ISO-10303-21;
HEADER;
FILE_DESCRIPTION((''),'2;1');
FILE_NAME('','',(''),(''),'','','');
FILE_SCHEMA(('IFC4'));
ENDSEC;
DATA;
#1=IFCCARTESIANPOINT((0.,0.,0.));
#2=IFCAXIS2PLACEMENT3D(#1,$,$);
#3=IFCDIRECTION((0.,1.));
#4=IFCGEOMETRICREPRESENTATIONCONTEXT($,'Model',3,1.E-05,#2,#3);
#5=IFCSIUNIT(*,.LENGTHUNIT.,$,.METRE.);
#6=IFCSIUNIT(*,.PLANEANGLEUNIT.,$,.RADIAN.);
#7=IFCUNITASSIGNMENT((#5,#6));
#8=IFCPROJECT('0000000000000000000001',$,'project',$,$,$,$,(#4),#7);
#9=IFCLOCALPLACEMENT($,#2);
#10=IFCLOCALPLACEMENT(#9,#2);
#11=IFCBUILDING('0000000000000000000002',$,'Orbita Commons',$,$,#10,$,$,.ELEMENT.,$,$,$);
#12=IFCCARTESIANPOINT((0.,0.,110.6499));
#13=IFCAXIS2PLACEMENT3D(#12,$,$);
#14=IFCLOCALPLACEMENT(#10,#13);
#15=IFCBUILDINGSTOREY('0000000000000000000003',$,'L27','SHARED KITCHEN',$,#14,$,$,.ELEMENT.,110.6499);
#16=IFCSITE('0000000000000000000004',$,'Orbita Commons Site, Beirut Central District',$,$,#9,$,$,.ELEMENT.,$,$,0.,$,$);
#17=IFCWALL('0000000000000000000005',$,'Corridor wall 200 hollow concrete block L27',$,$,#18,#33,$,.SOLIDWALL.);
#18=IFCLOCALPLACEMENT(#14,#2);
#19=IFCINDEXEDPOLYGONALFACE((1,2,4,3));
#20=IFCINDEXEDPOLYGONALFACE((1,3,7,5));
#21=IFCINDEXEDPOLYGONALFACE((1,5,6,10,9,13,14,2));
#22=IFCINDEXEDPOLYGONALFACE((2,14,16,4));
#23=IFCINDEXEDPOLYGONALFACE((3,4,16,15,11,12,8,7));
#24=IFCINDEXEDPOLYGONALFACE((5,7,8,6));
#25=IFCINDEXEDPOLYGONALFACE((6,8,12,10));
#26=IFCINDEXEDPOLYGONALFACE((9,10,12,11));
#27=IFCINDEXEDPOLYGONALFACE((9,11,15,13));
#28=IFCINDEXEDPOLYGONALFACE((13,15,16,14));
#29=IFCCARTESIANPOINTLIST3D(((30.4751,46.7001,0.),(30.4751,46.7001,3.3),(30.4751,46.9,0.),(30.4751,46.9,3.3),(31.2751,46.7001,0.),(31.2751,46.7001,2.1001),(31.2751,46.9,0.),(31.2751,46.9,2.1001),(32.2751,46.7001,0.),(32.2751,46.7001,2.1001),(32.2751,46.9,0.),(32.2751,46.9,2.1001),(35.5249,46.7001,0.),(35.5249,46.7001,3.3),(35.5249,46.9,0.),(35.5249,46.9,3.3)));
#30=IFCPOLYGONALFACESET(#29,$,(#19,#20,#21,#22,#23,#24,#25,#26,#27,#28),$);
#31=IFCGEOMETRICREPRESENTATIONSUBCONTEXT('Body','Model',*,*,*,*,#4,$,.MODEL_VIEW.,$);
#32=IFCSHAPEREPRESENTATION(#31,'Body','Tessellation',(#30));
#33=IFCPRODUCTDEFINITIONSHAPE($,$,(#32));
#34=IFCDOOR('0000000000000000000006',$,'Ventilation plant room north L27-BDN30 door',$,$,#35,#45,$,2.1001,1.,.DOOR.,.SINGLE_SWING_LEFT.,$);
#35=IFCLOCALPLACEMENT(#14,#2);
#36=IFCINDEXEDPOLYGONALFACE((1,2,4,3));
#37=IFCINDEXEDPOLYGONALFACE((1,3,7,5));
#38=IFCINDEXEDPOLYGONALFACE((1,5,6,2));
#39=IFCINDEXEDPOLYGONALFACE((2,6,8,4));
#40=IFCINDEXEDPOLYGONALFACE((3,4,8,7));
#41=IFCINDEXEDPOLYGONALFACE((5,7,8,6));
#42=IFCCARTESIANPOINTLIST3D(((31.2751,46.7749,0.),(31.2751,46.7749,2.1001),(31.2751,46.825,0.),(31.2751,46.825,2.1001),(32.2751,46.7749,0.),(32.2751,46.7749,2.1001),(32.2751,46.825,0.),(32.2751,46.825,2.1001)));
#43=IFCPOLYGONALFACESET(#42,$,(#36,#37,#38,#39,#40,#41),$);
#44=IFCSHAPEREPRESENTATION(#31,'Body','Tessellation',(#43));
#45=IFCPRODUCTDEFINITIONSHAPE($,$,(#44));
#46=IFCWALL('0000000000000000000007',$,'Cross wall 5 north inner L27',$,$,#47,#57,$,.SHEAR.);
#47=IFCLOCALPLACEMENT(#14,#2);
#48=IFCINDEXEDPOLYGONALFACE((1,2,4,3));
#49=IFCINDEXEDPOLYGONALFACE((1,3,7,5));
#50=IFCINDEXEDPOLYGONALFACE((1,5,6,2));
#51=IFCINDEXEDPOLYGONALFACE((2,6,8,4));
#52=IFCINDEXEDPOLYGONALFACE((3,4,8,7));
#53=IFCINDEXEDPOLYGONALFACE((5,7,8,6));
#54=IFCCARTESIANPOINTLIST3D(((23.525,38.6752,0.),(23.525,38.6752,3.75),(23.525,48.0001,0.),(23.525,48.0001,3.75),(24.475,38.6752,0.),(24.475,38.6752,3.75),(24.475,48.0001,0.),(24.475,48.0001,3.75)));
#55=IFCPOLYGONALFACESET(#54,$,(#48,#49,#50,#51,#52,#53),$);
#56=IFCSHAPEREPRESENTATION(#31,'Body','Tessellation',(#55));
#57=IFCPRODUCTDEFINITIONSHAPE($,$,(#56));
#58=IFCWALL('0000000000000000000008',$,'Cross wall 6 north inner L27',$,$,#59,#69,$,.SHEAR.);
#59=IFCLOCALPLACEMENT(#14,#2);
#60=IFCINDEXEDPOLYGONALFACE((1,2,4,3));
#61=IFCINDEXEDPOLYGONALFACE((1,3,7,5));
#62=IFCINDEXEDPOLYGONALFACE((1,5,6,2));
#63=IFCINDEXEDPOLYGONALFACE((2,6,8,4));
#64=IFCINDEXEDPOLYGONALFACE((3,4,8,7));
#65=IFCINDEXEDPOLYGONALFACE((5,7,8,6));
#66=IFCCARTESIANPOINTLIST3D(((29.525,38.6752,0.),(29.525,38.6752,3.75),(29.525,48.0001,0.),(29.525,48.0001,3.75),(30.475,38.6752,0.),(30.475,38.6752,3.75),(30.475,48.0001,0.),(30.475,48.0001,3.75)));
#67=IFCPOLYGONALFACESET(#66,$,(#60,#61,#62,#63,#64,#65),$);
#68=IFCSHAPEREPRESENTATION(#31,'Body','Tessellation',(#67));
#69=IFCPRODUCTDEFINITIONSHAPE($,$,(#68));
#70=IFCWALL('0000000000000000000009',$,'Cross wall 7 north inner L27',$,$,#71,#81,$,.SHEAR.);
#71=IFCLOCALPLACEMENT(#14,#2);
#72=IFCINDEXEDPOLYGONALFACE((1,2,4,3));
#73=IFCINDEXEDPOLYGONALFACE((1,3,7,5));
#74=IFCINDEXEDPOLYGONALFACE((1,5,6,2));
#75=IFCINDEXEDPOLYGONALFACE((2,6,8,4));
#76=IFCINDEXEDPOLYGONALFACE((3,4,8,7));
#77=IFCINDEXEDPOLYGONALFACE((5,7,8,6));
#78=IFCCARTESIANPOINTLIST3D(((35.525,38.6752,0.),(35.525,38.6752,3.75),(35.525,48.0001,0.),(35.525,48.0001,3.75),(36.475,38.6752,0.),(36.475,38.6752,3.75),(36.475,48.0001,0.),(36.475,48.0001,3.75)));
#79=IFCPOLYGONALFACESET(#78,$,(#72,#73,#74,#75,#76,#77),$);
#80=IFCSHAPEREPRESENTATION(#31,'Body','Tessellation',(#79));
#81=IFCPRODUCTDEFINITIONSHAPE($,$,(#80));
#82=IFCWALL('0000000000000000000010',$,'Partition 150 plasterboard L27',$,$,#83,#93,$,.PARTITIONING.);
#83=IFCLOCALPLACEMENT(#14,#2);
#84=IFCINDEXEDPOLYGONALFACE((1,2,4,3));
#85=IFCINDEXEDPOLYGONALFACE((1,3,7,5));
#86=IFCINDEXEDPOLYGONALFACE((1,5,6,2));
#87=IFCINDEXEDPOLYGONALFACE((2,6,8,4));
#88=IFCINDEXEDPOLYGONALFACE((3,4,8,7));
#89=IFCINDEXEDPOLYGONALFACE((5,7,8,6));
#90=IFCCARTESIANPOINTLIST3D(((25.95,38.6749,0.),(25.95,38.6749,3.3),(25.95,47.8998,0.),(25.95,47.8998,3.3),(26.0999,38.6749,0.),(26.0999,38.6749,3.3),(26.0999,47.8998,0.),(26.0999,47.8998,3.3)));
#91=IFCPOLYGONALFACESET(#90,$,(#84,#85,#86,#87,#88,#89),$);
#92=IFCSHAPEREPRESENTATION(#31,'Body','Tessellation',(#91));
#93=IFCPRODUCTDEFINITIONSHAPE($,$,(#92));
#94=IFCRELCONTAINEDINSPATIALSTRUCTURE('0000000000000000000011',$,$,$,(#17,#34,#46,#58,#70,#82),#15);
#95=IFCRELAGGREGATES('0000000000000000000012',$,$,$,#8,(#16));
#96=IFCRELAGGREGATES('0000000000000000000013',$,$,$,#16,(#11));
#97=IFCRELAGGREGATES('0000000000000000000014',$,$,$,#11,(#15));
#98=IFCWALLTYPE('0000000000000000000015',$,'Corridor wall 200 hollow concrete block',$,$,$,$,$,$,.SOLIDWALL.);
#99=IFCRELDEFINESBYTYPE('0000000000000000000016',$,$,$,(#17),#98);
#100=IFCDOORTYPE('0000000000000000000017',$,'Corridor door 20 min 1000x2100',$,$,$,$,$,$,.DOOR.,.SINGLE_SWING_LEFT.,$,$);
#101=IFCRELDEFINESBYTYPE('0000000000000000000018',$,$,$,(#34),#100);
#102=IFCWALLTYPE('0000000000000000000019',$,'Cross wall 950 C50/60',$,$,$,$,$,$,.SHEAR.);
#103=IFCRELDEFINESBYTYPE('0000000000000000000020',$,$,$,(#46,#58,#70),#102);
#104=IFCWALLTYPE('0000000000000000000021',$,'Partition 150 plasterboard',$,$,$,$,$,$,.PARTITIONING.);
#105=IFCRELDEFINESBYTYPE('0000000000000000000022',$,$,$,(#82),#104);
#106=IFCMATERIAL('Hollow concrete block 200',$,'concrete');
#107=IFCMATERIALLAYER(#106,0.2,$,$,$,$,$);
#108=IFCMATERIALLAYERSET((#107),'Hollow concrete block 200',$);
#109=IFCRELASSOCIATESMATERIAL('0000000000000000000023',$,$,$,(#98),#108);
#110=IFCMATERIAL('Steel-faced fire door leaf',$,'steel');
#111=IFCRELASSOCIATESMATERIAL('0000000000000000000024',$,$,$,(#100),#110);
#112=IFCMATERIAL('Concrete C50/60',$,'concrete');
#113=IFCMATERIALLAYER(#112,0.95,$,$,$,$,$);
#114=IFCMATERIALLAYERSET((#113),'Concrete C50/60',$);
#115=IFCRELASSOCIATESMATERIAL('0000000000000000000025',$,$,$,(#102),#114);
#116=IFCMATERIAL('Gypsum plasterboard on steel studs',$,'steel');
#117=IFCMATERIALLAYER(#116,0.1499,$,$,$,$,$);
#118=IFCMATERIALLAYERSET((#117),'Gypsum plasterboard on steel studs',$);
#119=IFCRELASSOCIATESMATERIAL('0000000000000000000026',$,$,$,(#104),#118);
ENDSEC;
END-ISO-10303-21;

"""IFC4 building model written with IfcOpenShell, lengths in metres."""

from ifc_helpers import new_model, si_unit, direction, frame, frame_2d, origin, place, context, subcontext, project, spatial, rectangle, extrude, material, layer, layer_set, type_object, element, fill, save


model = new_model("IFC4")

# Units and contexts
model_context = context("Model", 3, precision=1e-05, world=origin(), true_north=direction((0.0, 1.0)))
body_context = subcontext(model_context, "Body", "Model", "MODEL_VIEW")
ifc_project = project(units=[si_unit("LENGTHUNIT", "METRE"), si_unit("PLANEANGLEUNIT", "RADIAN")], contexts=[model_context])

# Site, building, storey
site_placement = place(None, origin())
site = spatial("IfcSite", under=ifc_project, at=site_placement, Name="Orbita Commons Site, Beirut Central District", CompositionType="ELEMENT", RefElevation=0.0)
building_placement = place(site_placement, origin())
building = spatial("IfcBuilding", under=site, at=building_placement, Name="Orbita Commons", CompositionType="ELEMENT")
storey_placement = place(building_placement, frame((0.0, 0.0, 110.6499)))
storey = spatial("IfcBuildingStorey", under=building, at=storey_placement, Name="L27", Description="SHARED KITCHEN", CompositionType="ELEMENT", Elevation=110.6499)

# Shared definitions
ifc_material_1 = material(Name="Hollow concrete block 200", Category="concrete")
ifc_layer_1 = layer(ifc_material_1, 0.2)
ifc_layer_set_1 = layer_set([ifc_layer_1], Name="Hollow concrete block 200")
wall_type_1 = type_object("IfcWallType", Name="Corridor wall 200 hollow concrete block", PredefinedType="SOLIDWALL", material=ifc_layer_set_1)

# Wall, opening, door
wall_1_placement = place(storey_placement, frame((30.4751, 46.8, 0.0), z_axis=(0.0, 0.0, 1.0), x_axis=(1.0, 0.0, 0.0)))
wall_1 = element("IfcWall", 1, at=wall_1_placement, inside=storey, type_object=wall_type_1, Name="Corridor wall 200 hollow concrete block L27", PredefinedType="SOLIDWALL", context=body_context, shape_type="SweptSolid", body=[
    extrude(rectangle(XDim=5.0498, YDim=0.2, at=frame_2d((2.5249, 0.0))), origin(), (0.0, 0.0, 1.0), 3.3),
])
opening_1_placement = place(wall_1_placement, frame((0.8, 0.0, 0.0)))
opening_1 = element("IfcOpeningElement", 2, at=opening_1_placement, cuts=wall_1, PredefinedType="OPENING", context=body_context, shape_type="SweptSolid", body=[
    extrude(rectangle(XDim=1.0, YDim=2.1001, at=frame_2d((0.5, 1.05))), frame((0.0, 0.1099, 0.0), z_axis=(0.0, -1.0, 0.0), x_axis=(1.0, 0.0, 0.0)), (0.0, 0.0, 1.0), 0.22),
])
ifc_material_2 = material(Name="Steel-faced fire door leaf", Category="steel")
door_type_1 = type_object("IfcDoorType", Name="Corridor door 20 min 1000x2100", OperationType="SINGLE_SWING_LEFT", PredefinedType="DOOR", material=ifc_material_2)
door_1_placement = place(opening_1_placement, origin())
door_1 = element("IfcDoor", 3, at=door_1_placement, inside=storey, type_object=door_type_1, Name="Ventilation plant room north L27-BDN30 door", OperationType="SINGLE_SWING_LEFT", OverallHeight=2.1001, OverallWidth=1.0, PredefinedType="DOOR", context=body_context, shape_type="SweptSolid", body=[
    extrude(rectangle(XDim=1.0, YDim=2.1001, at=frame_2d((0.5, 1.05))), frame((0.0, 0.0249, 0.0), z_axis=(0.0, -1.0, 0.0), x_axis=(1.0, 0.0, 0.0)), (0.0, 0.0, 1.0), 0.05),
])
fill(opening_1, door_1)

# Walls
ifc_material_3 = material(Name="Concrete C50/60", Category="concrete")
ifc_layer_2 = layer(ifc_material_3, 0.95)
ifc_layer_set_2 = layer_set([ifc_layer_2], Name="Concrete C50/60")
wall_type_2 = type_object("IfcWallType", Name="Cross wall 950 C50/60", PredefinedType="SHEAR", material=ifc_layer_set_2)
for number, where, z_axis, x_axis, name in (
    (4, (24.0, 38.675, 0.0), (0.0, 0.0, 1.0), (0.0, 1.0, 0.0), "Cross wall 5 north inner L27"),
    (5, (30.0, 38.675, 0.0), (0.0, 0.0, 1.0), (0.0, 1.0, 0.0), "Cross wall 6 north inner L27"),
    (6, (36.0, 38.675, 0.0), (0.0, 0.0, 1.0), (0.0, 1.0, 0.0), "Cross wall 7 north inner L27"),
):
    element("IfcWall", number, at=place(storey_placement, frame(where, z_axis=z_axis, x_axis=x_axis)), inside=storey, type_object=wall_type_2, Name=name, PredefinedType="SHEAR", context=body_context, shape_type="SweptSolid", body=[
        extrude(rectangle(XDim=9.325, YDim=0.95, at=frame_2d((4.6626, 0.0))), origin(), (0.0, 0.0, 1.0), 3.75),
    ])
ifc_material_4 = material(Name="Gypsum plasterboard on steel studs", Category="steel")
ifc_layer_3 = layer(ifc_material_4, 0.1499)
ifc_layer_set_3 = layer_set([ifc_layer_3], Name="Gypsum plasterboard on steel studs")
wall_type_3 = type_object("IfcWallType", Name="Partition 150 plasterboard", PredefinedType="PARTITIONING", material=ifc_layer_set_3)
wall_2_placement = place(storey_placement, frame((26.0249, 38.675, 0.0), z_axis=(0.0, 0.0, 1.0), x_axis=(0.0, 1.0, 0.0)))
element("IfcWall", 7, at=wall_2_placement, inside=storey, type_object=wall_type_3, Name="Partition 150 plasterboard L27", PredefinedType="PARTITIONING", context=body_context, shape_type="SweptSolid", body=[
    extrude(rectangle(XDim=9.2249, YDim=0.1499, at=frame_2d((4.6123, 0.0))), origin(), (0.0, 0.0, 1.0), 3.3),
])

save(model, "model.ifc")
